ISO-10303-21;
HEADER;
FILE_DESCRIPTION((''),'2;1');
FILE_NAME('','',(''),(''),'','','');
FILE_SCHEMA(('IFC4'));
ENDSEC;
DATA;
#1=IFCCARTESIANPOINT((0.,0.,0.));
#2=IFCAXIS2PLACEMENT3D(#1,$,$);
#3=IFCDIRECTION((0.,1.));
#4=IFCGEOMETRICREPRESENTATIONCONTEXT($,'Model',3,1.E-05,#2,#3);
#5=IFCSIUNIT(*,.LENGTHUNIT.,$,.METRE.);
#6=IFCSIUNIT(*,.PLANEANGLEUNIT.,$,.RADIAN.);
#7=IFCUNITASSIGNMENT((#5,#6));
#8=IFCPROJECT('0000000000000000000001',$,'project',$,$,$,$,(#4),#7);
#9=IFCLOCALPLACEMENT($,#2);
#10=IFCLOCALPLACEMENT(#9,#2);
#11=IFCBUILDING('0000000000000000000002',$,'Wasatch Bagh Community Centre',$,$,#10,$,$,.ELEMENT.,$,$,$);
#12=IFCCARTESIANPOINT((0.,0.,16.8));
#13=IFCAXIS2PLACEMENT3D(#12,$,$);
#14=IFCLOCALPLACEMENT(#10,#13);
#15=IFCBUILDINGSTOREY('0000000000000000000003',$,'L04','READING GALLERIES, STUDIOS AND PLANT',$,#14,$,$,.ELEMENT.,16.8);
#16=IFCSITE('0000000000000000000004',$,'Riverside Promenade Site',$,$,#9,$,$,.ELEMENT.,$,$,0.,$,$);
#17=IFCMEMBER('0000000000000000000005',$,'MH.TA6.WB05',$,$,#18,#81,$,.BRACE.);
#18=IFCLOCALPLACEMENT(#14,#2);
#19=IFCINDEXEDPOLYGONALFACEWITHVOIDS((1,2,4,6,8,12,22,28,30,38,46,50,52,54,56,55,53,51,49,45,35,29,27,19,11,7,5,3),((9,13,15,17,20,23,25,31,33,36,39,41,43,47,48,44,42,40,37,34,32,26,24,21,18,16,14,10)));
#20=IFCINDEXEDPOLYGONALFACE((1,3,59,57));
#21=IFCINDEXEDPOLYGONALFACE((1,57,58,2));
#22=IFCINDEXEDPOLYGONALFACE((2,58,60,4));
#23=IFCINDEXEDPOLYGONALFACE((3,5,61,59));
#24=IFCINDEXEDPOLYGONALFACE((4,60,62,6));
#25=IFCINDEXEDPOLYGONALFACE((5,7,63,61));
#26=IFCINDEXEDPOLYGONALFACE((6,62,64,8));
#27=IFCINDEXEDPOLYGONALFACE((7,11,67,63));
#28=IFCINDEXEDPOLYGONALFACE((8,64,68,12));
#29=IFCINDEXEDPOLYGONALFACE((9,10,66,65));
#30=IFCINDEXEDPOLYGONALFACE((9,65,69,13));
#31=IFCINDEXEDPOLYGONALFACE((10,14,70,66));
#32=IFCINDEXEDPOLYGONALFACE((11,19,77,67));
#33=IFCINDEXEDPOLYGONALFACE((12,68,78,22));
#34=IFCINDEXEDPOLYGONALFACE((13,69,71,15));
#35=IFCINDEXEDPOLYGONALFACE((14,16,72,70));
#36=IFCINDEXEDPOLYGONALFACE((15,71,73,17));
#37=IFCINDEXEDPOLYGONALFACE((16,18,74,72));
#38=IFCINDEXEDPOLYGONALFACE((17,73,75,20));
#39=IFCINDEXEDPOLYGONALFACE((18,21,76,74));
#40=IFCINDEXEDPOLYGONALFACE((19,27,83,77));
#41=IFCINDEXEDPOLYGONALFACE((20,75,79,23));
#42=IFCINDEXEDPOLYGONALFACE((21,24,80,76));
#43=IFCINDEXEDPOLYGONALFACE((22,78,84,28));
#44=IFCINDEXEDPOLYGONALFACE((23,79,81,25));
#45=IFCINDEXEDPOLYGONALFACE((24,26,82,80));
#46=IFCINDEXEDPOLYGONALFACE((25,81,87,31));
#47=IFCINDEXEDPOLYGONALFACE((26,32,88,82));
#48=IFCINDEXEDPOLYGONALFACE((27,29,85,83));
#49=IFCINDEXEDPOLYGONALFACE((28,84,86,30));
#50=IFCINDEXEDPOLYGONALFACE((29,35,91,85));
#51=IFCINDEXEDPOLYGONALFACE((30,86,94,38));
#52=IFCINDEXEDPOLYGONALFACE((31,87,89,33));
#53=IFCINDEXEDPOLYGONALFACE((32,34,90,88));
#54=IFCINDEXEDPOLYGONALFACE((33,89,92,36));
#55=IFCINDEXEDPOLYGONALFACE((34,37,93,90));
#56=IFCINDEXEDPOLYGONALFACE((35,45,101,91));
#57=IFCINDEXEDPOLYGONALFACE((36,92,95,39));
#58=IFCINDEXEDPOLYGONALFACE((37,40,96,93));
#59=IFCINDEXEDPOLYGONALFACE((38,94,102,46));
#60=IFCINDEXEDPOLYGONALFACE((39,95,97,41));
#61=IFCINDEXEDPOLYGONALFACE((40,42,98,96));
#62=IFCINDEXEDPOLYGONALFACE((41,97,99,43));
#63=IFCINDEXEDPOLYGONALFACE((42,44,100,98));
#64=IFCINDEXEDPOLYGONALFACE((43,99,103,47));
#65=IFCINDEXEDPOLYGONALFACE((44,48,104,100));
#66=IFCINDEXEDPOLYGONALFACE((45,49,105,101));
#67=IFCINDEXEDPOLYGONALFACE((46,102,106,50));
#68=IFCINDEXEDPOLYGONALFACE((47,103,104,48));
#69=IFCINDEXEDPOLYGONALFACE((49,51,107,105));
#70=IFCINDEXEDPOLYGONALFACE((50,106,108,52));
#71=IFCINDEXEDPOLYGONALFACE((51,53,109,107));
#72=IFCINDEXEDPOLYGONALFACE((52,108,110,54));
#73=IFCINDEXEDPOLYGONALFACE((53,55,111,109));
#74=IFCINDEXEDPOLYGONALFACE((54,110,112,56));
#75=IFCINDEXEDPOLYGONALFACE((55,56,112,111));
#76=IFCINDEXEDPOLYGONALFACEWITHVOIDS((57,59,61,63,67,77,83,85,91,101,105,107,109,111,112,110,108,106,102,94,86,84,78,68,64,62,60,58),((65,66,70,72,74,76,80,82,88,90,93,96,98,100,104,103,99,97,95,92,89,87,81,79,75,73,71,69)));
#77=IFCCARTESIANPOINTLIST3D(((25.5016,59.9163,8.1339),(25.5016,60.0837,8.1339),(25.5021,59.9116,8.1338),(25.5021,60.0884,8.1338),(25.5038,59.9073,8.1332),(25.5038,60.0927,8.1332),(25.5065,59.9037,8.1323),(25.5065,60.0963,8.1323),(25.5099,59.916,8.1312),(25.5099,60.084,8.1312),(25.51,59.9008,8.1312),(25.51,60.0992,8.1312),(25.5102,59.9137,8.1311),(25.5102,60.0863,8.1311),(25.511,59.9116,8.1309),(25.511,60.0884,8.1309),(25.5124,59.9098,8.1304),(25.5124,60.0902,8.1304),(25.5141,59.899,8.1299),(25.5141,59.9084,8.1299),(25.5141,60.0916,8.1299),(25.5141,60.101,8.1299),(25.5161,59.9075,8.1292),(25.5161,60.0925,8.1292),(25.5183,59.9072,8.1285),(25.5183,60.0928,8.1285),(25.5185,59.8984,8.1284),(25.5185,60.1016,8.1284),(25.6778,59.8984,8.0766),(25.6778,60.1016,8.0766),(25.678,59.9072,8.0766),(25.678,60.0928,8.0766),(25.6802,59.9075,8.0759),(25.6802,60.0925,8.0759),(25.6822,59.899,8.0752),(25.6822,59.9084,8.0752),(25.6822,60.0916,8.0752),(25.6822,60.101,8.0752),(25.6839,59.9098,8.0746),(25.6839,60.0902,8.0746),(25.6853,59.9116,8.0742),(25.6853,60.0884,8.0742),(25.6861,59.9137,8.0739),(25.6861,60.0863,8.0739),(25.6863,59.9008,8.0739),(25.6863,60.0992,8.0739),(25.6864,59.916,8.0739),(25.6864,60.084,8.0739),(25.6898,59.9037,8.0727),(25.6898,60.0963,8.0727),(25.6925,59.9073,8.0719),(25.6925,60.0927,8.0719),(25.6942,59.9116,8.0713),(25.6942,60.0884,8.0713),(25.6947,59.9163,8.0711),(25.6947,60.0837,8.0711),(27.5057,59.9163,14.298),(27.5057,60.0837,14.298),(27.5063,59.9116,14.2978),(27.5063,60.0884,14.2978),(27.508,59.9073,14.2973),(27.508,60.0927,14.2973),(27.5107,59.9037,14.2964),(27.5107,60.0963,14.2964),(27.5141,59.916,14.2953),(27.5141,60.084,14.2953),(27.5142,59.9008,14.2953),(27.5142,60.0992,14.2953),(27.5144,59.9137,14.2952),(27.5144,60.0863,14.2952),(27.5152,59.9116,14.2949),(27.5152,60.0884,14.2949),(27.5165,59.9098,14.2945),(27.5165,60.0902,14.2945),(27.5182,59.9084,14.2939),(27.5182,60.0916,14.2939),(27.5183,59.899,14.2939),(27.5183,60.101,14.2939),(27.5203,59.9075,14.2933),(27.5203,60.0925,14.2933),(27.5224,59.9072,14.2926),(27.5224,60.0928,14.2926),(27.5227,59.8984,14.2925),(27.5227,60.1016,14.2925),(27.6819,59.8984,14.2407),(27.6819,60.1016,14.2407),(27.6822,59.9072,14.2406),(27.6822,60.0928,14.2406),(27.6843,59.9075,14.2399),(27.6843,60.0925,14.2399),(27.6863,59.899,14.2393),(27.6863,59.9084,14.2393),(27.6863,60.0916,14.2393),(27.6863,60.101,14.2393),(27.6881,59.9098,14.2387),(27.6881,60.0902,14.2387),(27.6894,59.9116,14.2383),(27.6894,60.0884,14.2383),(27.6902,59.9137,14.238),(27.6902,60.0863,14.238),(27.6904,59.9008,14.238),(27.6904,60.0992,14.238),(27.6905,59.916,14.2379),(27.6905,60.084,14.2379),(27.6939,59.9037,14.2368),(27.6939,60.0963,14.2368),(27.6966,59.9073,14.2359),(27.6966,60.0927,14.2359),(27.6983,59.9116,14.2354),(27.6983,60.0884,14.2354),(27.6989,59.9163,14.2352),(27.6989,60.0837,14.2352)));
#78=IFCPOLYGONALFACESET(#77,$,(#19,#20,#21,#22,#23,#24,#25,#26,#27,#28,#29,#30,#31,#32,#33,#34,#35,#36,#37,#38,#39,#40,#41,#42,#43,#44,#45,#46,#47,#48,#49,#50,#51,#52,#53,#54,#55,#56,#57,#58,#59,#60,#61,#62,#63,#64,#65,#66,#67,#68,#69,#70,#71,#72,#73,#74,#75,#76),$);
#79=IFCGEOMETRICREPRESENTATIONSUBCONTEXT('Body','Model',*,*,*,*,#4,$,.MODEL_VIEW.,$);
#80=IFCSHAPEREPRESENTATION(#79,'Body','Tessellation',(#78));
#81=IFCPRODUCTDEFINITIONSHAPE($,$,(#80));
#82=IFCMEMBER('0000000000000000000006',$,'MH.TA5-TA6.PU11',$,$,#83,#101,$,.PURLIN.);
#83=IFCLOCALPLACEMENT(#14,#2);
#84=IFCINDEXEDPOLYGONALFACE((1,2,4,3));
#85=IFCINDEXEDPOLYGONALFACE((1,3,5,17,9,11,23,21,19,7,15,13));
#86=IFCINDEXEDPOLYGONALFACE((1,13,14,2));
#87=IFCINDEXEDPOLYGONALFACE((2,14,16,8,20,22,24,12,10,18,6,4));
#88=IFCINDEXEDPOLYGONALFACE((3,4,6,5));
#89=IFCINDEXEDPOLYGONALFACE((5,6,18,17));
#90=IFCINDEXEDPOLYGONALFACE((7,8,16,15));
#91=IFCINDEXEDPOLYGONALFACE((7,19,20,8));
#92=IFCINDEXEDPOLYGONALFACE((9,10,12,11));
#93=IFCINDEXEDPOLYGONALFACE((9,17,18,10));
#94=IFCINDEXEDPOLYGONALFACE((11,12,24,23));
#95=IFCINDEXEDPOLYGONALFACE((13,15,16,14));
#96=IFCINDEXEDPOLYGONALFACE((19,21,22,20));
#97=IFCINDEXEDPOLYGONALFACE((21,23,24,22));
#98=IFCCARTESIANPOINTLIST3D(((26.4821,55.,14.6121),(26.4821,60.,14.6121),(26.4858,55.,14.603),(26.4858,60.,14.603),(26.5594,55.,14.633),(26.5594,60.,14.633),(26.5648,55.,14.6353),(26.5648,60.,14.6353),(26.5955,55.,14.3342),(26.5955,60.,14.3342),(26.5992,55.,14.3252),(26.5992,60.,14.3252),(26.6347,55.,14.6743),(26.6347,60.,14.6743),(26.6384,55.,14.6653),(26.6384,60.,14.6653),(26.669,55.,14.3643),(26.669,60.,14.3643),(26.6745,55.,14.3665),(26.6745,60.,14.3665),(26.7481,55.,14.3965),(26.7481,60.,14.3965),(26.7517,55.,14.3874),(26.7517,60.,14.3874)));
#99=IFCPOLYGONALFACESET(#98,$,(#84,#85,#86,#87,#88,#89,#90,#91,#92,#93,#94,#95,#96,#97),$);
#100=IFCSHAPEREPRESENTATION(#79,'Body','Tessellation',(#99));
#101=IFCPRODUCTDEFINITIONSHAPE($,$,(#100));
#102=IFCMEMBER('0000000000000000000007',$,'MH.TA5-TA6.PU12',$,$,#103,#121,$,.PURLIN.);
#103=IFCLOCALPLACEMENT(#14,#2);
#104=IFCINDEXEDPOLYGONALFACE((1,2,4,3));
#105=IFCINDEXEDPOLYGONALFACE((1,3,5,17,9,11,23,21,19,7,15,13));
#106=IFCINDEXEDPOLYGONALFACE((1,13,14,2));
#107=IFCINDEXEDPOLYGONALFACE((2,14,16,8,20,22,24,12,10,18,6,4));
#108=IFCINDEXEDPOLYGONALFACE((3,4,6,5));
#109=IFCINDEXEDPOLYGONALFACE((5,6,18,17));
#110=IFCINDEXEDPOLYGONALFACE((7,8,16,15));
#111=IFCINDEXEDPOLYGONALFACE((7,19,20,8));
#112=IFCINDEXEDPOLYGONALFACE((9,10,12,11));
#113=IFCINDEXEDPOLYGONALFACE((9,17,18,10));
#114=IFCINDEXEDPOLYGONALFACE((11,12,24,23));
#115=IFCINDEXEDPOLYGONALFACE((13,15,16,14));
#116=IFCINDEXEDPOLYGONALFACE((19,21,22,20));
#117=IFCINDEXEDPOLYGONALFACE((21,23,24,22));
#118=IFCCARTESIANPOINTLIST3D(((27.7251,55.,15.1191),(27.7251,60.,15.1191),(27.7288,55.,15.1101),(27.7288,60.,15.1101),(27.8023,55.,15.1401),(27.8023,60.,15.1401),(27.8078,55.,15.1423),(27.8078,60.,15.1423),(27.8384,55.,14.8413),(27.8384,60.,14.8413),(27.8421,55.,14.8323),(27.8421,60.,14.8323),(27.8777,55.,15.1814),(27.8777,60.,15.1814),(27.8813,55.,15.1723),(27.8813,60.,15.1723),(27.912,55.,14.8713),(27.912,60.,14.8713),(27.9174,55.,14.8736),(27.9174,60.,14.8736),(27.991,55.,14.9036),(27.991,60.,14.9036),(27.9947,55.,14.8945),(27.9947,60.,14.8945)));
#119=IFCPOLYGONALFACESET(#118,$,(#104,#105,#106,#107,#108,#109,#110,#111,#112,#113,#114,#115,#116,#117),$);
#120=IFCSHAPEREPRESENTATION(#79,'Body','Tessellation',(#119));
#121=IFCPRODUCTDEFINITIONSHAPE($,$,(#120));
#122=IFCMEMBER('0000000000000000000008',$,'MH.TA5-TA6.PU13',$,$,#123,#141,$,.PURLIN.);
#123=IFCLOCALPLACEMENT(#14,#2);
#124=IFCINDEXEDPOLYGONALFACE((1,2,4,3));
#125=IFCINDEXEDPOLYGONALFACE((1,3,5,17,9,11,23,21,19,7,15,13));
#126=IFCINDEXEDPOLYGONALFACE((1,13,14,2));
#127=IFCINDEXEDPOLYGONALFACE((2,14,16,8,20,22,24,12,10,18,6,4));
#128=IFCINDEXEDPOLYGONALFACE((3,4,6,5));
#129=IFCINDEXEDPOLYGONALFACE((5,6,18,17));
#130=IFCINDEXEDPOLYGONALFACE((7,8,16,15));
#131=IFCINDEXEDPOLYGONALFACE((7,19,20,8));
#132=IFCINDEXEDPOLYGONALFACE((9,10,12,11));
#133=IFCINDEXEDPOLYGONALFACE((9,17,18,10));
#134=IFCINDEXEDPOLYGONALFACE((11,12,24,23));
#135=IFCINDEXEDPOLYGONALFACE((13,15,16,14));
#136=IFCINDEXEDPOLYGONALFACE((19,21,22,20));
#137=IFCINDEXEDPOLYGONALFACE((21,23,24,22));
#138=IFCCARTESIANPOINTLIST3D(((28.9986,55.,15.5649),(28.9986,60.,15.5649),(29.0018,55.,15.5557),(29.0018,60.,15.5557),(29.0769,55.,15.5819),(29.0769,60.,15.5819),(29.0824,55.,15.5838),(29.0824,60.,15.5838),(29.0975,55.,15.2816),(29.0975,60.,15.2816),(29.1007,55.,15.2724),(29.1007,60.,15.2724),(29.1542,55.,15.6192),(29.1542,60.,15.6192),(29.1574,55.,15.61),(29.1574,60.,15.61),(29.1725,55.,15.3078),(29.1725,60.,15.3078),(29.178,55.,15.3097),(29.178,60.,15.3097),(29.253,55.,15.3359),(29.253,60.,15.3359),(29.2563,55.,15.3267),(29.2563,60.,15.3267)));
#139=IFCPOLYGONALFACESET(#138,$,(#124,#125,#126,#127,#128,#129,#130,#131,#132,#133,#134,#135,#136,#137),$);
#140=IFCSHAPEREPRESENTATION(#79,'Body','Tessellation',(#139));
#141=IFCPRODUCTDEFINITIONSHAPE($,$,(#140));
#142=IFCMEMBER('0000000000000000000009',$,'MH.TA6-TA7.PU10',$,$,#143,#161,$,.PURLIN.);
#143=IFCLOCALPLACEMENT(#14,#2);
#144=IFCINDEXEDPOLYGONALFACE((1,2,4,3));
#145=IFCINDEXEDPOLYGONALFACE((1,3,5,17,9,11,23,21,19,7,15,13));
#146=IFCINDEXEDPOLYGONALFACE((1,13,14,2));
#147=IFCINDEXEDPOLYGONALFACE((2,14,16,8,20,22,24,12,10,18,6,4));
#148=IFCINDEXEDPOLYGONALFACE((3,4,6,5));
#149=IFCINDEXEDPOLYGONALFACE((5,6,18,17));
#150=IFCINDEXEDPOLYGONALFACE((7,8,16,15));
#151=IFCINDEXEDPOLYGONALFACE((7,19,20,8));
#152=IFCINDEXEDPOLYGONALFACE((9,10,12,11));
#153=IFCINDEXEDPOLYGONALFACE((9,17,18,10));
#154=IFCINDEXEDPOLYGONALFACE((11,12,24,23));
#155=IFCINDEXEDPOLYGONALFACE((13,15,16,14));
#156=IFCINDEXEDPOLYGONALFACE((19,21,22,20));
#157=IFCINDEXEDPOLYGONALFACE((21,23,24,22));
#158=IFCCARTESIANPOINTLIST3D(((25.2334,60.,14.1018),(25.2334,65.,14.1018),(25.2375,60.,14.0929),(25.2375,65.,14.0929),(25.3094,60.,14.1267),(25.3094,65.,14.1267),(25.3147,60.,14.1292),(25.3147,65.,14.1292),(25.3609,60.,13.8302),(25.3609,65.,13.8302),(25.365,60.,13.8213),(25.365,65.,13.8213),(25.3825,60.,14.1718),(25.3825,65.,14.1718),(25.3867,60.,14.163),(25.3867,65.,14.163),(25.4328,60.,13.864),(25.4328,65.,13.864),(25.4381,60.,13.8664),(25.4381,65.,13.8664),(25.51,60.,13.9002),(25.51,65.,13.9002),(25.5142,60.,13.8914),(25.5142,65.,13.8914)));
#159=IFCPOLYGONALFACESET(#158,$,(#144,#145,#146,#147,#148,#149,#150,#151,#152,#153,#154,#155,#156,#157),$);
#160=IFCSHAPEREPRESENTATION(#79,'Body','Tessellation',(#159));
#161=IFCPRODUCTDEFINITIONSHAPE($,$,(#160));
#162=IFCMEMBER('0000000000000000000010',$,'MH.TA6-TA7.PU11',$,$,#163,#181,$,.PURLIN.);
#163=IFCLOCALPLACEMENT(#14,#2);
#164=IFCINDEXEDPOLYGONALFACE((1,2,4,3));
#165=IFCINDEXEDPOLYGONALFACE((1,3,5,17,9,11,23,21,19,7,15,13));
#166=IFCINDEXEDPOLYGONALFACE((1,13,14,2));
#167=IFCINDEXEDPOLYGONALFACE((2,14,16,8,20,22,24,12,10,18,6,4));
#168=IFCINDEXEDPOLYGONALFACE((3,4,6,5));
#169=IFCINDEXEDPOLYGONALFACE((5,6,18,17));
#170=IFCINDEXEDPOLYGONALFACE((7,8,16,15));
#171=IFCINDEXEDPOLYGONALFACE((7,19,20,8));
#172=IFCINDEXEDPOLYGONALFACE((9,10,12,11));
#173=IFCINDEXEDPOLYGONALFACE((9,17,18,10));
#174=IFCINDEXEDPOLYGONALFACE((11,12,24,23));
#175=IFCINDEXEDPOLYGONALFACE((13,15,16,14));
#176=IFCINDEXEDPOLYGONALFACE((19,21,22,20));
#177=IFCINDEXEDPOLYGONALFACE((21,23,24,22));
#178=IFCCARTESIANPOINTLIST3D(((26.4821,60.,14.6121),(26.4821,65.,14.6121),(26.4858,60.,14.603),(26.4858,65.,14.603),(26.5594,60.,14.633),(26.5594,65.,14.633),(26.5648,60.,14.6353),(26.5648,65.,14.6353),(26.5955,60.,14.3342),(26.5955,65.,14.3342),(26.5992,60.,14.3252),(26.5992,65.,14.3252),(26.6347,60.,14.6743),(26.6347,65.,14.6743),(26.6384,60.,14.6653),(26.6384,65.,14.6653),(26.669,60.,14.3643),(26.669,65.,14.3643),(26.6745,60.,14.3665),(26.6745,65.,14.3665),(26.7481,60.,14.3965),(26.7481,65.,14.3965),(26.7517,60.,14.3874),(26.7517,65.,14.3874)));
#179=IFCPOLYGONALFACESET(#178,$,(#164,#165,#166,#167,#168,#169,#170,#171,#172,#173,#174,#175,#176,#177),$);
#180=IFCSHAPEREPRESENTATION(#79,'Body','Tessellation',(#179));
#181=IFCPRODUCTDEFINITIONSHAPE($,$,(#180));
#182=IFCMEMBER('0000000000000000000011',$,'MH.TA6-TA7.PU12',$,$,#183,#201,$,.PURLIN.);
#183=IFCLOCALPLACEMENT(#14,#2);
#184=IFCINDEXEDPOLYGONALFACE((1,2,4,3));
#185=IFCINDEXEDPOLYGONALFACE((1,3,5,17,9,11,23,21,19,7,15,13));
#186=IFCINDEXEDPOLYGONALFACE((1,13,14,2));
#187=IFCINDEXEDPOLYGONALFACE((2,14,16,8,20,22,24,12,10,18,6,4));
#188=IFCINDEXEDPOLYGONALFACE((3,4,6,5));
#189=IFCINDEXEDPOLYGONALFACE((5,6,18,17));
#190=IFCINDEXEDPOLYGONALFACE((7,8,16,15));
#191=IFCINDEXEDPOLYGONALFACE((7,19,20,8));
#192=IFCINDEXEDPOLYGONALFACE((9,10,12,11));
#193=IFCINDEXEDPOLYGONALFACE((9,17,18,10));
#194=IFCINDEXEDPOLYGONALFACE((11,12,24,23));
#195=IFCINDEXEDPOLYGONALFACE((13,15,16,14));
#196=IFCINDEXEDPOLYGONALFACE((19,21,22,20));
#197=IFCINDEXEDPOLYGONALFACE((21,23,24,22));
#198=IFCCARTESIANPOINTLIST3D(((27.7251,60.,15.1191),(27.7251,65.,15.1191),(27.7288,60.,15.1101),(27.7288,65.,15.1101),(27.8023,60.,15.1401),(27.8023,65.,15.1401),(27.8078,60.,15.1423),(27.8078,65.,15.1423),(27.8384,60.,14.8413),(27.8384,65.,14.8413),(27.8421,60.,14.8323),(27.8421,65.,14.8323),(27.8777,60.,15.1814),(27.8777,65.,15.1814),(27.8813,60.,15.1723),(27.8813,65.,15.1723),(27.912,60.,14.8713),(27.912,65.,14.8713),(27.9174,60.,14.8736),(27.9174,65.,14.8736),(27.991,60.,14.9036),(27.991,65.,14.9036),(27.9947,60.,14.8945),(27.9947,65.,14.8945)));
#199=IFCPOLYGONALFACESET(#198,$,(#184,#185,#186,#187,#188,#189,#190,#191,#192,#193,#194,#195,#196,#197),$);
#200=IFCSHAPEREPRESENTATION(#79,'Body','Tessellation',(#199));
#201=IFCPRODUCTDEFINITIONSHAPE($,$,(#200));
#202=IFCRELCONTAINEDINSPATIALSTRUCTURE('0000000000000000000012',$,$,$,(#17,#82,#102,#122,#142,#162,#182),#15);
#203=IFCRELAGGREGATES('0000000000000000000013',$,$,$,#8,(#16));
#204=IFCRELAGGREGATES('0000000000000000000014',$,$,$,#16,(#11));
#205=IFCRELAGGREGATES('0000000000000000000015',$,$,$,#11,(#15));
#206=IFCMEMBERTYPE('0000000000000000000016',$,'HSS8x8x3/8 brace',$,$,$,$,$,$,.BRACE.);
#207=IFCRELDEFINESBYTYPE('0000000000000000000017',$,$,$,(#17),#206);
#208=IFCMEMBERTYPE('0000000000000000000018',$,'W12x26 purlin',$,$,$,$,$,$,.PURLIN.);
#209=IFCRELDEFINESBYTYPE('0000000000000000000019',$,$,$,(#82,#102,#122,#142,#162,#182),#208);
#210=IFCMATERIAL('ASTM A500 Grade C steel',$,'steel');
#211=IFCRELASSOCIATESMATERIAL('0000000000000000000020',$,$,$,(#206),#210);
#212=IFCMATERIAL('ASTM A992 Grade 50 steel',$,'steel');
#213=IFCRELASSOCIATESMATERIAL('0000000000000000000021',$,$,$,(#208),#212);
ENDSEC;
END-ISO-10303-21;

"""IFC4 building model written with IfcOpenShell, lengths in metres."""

from ifc_helpers import new_model, si_unit, direction, frame, origin, origin_2d, place, context, subcontext, project, spatial, hollow_rectangle, i_section, extrude, material, material_profile, profile_set, type_object, element, save


model = new_model("IFC4")

# Units and contexts
model_context = context("Model", 3, precision=1e-05, world=origin(), true_north=direction((0.0, 1.0)))
body_context = subcontext(model_context, "Body", "Model", "MODEL_VIEW")
ifc_project = project(units=[si_unit("LENGTHUNIT", "METRE"), si_unit("PLANEANGLEUNIT", "RADIAN")], contexts=[model_context])

# Site, building, storey
site_placement = place(None, origin())
site = spatial("IfcSite", under=ifc_project, at=site_placement, Name="Riverside Promenade Site", CompositionType="ELEMENT", RefElevation=0.0)
building_placement = place(site_placement, origin())
building = spatial("IfcBuilding", under=site, at=building_placement, Name="Wasatch Bagh Community Centre", CompositionType="ELEMENT")
storey_placement = place(building_placement, frame((0.0, 0.0, 16.8)))
storey = spatial("IfcBuildingStorey", under=building, at=storey_placement, Name="L04", Description="READING GALLERIES, STUDIOS AND PLANT", CompositionType="ELEMENT", Elevation=16.8)

# Members
ifc_material_1 = material(Name="ASTM A500 Grade C steel", Category="steel")
ifc_material_profile_1 = material_profile(ifc_material_1, hollow_rectangle(XDim=0.2031, YDim=0.2031, WallThickness=0.0088, InnerFilletRadius=0.0088, OuterFilletRadius=0.0178, at=origin_2d()), Name="HSS8x8x3/8")
ifc_profile_set_1 = profile_set([ifc_material_profile_1], Name="ASTM A500 Grade C steel")
member_type_1 = type_object("IfcMemberType", Name="HSS8x8x3/8 brace", PredefinedType="BRACE", material=ifc_profile_set_1)
for number, where, z_axis, x_axis, name in (
    (1, (25.5981, 60.0, 8.1025), (0.309202, 0.0, 0.950996), (0.0, 1.0, 0.0), "MH.TA6.WB05"),
):
    element("IfcMember", number, at=place(storey_placement, frame(where, z_axis=z_axis, x_axis=x_axis)), inside=storey, type_object=member_type_1, Name=name, PredefinedType="BRACE", context=body_context, shape_type="SweptSolid", body=[
        extrude(hollow_rectangle(XDim=0.2031, YDim=0.2031, WallThickness=0.0088, InnerFilletRadius=0.0088, OuterFilletRadius=0.0178, at=origin_2d()), origin(), (0.0, 0.0, 1.0), 6.4817),
    ])
ifc_material_2 = material(Name="ASTM A992 Grade 50 steel", Category="steel")
ifc_material_profile_2 = material_profile(ifc_material_2, i_section(OverallWidth=0.1648, OverallDepth=0.3098, WebThickness=0.0059, FlangeThickness=0.0098, at=origin_2d()), Name="W12x26")
ifc_profile_set_2 = profile_set([ifc_material_profile_2], Name="ASTM A992 Grade 50 steel")
member_type_2 = type_object("IfcMemberType", Name="W12x26 purlin", PredefinedType="PURLIN", material=ifc_profile_set_2)
for number, where, z_axis, x_axis, name in (
    (2, (26.6169, 55.0, 14.4998), (0.0, 1.0, 0.0), (-0.925934, 0.0, -0.377686), "MH.TA5-TA6.PU11"),
    (3, (27.8599, 55.0, 15.0068), (0.0, 1.0, 0.0), (-0.925934, 0.0, -0.377686), "MH.TA5-TA6.PU12"),
    (4, (29.1274, 55.0, 15.4458), (0.0, 1.0, 0.0), (-0.944194, 0.0, -0.329389), "MH.TA5-TA6.PU13"),
    (5, (25.3738, 60.0, 13.9966), (0.0, 1.0, 0.0), (-0.905205, 0.0, -0.424976), "MH.TA6-TA7.PU10"),
    (6, (26.6169, 60.0, 14.4998), (0.0, 1.0, 0.0), (-0.925934, 0.0, -0.377686), "MH.TA6-TA7.PU11"),
    (7, (27.8599, 60.0, 15.0068), (0.0, 1.0, 0.0), (-0.925934, 0.0, -0.377686), "MH.TA6-TA7.PU12"),
):
    element("IfcMember", number, at=place(storey_placement, frame(where, z_axis=z_axis, x_axis=x_axis)), inside=storey, type_object=member_type_2, Name=name, PredefinedType="PURLIN", context=body_context, shape_type="SweptSolid", body=[
        extrude(i_section(OverallWidth=0.1648, OverallDepth=0.3098, WebThickness=0.0059, FlangeThickness=0.0098, at=origin_2d()), origin(), (0.0, 0.0, 1.0), 5.0),
    ])

save(model, "model.ifc")
